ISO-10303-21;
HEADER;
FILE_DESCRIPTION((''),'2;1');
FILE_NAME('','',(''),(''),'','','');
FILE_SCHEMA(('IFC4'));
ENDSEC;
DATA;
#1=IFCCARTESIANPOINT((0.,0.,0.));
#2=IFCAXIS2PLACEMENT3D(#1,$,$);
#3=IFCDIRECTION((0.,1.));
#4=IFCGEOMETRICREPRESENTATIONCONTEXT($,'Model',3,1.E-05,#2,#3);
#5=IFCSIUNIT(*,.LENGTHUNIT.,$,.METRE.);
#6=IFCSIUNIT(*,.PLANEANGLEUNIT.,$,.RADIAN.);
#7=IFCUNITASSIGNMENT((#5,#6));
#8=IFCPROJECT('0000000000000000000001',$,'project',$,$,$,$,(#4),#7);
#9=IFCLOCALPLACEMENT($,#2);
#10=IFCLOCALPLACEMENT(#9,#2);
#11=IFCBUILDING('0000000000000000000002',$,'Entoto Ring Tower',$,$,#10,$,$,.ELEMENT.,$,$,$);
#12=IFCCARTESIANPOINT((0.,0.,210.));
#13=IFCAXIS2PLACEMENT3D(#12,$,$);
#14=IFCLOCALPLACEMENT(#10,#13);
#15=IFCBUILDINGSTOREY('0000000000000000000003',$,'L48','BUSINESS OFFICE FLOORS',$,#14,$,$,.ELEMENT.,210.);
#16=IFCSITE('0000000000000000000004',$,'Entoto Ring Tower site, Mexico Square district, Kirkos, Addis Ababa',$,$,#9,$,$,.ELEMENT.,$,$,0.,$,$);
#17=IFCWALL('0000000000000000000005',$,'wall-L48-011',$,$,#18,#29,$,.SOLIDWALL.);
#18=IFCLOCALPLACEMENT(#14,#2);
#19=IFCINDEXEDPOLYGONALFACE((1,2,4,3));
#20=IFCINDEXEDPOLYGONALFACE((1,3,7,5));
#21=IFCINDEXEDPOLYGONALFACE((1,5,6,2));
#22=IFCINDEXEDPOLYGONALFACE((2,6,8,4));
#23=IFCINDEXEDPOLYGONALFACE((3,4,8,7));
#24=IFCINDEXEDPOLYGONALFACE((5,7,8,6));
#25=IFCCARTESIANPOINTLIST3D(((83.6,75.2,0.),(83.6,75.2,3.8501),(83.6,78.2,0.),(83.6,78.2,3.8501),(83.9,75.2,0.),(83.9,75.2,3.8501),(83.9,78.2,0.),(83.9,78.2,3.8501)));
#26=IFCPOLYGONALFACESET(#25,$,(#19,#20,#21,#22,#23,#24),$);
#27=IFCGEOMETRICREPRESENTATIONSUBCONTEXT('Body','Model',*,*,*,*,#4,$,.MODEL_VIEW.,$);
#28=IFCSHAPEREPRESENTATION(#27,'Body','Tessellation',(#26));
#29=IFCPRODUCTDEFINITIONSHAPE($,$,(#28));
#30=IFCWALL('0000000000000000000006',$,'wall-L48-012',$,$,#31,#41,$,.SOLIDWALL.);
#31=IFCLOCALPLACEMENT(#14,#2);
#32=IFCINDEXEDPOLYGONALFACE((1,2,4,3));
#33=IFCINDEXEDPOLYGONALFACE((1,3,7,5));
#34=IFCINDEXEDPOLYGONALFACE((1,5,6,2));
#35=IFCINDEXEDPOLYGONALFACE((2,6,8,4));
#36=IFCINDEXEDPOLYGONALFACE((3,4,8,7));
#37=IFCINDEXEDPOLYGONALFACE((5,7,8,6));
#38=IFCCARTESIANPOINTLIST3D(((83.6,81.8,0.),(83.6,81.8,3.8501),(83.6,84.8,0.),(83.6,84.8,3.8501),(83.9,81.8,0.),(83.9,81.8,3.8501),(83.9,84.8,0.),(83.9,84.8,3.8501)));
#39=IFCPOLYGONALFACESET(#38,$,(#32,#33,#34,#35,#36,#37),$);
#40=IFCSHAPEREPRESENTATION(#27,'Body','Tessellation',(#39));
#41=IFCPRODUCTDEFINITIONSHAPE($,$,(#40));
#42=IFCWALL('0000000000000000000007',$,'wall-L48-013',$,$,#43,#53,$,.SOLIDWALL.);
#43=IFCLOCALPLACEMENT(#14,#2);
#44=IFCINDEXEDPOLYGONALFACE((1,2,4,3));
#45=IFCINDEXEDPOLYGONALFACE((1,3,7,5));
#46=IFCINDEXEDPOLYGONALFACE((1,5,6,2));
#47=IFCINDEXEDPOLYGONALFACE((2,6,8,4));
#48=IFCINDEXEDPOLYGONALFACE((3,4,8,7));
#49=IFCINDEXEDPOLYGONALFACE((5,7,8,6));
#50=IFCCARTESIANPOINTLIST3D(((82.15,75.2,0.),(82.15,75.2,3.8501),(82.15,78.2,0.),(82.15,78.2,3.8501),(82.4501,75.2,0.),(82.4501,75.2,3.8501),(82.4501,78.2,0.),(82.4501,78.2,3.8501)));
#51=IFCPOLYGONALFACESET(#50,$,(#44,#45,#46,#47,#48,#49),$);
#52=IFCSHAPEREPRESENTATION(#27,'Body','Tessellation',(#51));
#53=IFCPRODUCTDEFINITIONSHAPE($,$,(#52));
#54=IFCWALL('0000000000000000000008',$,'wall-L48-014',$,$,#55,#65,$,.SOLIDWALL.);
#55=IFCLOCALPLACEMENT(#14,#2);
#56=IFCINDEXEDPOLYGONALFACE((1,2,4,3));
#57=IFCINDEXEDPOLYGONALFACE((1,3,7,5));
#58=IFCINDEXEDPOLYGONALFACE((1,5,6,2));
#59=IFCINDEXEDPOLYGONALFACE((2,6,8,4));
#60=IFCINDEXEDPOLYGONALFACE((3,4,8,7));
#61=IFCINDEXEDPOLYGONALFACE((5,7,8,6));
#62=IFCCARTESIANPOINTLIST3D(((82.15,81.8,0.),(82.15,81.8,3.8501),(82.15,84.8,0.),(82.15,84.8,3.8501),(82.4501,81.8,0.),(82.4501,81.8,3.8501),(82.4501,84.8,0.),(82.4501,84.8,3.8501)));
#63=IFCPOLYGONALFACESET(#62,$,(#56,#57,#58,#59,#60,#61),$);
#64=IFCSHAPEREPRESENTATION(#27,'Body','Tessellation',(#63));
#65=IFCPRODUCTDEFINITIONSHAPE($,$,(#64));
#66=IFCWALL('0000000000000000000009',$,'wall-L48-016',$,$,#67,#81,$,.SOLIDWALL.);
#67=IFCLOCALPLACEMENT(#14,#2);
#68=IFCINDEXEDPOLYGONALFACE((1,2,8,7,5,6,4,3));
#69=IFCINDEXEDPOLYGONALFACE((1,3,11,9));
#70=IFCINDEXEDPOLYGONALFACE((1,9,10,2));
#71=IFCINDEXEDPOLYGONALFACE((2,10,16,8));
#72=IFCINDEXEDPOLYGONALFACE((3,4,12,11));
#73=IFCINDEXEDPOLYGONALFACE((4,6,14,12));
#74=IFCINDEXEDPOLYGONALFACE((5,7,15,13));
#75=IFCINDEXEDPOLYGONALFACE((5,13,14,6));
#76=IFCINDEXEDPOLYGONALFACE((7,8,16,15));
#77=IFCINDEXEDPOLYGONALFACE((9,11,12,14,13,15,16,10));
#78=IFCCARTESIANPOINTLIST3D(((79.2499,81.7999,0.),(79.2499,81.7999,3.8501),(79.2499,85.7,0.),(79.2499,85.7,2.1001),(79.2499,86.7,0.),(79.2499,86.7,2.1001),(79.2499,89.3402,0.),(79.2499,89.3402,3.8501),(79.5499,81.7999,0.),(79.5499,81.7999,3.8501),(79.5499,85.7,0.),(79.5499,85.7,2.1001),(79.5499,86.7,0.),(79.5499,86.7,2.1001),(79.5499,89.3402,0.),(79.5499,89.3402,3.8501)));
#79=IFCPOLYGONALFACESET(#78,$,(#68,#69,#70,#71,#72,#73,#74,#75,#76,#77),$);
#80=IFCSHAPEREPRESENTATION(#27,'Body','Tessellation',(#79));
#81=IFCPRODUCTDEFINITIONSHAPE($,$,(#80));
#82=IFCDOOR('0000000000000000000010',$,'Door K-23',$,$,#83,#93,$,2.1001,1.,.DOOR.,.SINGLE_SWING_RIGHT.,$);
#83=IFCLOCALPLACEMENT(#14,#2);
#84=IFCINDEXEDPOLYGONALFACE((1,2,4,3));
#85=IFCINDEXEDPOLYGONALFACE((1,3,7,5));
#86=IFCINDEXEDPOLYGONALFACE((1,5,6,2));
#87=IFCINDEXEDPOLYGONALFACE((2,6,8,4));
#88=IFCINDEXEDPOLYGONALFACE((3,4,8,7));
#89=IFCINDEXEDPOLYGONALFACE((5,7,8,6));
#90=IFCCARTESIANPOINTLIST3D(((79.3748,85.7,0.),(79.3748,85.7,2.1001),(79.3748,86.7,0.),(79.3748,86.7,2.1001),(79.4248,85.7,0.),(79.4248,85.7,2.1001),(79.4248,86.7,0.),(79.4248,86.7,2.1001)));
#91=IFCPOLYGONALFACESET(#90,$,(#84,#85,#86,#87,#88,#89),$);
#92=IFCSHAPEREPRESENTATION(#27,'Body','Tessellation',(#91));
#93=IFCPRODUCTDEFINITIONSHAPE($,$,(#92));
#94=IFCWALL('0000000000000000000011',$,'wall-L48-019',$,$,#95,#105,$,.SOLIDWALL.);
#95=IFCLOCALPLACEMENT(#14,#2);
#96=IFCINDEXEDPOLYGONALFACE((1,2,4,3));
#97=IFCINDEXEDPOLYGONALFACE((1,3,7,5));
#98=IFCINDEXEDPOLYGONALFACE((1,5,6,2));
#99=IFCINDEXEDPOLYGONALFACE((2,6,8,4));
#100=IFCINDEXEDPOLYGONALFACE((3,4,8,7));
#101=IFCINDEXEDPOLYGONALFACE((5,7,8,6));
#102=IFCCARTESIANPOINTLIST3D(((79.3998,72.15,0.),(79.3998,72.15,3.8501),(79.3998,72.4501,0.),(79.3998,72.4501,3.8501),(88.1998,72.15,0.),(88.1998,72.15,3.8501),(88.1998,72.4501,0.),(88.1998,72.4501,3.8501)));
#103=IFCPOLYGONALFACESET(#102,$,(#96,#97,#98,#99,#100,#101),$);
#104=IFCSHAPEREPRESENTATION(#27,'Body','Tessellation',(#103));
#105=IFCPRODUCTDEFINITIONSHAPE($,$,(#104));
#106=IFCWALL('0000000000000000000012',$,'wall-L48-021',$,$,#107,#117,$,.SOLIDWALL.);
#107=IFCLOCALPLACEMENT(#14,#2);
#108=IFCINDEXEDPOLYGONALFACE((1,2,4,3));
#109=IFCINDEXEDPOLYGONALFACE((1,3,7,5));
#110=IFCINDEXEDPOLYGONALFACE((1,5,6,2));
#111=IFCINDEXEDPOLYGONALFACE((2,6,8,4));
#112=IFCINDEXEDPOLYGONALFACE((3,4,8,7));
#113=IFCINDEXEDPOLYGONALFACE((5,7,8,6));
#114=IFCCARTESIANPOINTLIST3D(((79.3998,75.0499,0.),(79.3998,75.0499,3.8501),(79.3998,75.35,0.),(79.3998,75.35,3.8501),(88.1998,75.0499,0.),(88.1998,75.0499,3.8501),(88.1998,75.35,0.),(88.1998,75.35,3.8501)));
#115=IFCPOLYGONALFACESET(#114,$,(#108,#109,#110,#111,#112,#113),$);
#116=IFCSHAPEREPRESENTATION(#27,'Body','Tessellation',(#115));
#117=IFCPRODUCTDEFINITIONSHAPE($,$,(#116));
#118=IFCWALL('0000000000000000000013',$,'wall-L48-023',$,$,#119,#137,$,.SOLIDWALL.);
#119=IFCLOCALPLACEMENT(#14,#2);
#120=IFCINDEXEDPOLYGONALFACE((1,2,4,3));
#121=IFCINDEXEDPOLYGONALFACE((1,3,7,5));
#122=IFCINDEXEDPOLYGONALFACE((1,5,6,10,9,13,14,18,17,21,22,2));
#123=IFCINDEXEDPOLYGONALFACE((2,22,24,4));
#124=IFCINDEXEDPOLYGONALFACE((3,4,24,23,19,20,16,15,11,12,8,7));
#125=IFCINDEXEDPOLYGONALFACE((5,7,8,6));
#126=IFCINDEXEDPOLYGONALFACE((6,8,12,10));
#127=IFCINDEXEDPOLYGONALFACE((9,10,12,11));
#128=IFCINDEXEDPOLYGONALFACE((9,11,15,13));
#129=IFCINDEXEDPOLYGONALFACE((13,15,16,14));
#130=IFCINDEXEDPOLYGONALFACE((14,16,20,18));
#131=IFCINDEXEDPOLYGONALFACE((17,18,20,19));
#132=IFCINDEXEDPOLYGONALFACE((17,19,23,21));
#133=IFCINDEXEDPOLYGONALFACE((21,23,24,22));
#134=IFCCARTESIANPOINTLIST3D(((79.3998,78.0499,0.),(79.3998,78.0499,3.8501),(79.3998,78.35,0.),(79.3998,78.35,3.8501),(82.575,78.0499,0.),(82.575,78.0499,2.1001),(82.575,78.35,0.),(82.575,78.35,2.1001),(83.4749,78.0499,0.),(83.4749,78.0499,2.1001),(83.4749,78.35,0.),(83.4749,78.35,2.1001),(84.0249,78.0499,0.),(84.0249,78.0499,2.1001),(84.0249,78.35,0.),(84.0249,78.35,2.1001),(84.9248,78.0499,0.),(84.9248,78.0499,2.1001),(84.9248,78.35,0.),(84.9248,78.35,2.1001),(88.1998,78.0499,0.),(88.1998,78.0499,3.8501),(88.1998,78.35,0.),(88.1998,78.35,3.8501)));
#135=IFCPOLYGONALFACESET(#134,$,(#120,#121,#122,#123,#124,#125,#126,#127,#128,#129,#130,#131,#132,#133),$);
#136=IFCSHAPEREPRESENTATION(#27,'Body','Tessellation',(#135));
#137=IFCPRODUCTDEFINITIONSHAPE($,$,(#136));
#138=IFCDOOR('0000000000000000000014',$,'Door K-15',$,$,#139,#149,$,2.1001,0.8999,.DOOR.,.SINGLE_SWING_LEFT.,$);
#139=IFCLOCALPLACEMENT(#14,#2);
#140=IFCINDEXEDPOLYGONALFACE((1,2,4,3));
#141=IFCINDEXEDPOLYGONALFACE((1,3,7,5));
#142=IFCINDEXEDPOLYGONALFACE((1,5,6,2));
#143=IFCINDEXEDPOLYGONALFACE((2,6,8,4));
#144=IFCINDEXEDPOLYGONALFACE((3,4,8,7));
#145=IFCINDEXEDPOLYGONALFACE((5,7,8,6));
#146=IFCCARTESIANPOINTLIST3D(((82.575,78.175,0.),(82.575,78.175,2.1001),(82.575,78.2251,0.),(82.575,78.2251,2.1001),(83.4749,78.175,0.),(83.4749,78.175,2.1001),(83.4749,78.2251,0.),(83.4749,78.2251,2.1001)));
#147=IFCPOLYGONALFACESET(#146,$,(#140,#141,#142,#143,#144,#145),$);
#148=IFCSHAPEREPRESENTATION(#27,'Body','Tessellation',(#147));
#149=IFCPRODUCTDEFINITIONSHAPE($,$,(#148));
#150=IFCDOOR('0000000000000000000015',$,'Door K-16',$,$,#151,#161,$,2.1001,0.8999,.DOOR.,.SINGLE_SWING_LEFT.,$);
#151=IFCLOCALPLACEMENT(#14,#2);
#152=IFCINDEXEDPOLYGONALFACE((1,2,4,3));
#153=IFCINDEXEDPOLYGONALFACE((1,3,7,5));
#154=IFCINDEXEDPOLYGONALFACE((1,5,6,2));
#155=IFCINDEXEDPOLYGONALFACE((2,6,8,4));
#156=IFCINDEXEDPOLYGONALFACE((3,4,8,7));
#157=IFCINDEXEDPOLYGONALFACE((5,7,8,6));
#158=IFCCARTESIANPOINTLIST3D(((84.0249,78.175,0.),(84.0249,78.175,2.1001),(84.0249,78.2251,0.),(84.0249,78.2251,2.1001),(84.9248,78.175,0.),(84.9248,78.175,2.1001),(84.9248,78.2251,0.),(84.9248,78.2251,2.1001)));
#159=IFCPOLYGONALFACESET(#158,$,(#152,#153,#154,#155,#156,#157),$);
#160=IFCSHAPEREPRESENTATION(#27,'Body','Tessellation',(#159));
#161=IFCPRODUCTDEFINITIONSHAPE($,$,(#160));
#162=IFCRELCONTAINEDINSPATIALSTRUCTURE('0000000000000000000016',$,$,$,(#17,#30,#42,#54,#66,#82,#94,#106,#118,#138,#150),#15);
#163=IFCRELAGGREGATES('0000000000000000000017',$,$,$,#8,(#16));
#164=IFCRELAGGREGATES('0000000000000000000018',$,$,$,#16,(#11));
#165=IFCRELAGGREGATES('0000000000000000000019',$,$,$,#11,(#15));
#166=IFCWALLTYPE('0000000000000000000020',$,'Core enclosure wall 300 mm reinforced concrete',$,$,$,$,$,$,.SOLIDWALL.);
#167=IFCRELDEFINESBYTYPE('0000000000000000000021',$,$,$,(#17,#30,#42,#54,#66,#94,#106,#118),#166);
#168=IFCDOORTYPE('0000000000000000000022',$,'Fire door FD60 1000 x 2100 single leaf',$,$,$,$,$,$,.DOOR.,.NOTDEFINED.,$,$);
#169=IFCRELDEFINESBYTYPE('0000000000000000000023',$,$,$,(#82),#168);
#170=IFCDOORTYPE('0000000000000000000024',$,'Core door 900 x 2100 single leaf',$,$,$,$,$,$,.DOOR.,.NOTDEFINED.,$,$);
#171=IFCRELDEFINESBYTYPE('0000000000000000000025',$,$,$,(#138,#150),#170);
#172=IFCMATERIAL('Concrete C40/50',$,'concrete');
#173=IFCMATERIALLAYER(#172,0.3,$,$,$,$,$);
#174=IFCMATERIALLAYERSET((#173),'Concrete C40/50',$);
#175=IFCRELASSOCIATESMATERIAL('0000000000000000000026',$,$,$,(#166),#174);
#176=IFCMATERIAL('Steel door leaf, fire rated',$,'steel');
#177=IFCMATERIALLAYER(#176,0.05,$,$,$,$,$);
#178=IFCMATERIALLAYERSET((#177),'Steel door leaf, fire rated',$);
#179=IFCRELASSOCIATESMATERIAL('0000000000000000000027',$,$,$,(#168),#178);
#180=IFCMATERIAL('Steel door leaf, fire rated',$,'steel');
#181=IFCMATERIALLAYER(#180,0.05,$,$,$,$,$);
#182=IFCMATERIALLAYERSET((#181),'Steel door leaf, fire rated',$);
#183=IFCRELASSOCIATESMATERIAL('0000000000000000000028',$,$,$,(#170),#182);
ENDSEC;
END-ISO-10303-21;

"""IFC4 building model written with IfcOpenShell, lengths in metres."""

from ifc_helpers import new_model, si_unit, direction, frame, frame_2d, origin, place, context, subcontext, project, spatial, rectangle, extrude, material, layer, layer_set, type_object, element, fill, save


model = new_model("IFC4")

# Units and contexts
model_context = context("Model", 3, precision=1e-05, world=origin(), true_north=direction((0.0, 1.0)))
body_context = subcontext(model_context, "Body", "Model", "MODEL_VIEW")
ifc_project = project(units=[si_unit("LENGTHUNIT", "METRE"), si_unit("PLANEANGLEUNIT", "RADIAN")], contexts=[model_context])

# Site, building, storey
site_placement = place(None, origin())
site = spatial("IfcSite", under=ifc_project, at=site_placement, Name="Entoto Ring Tower site, Mexico Square district, Kirkos, Addis Ababa", CompositionType="ELEMENT", RefElevation=0.0)
building_placement = place(site_placement, origin())
building = spatial("IfcBuilding", under=site, at=building_placement, Name="Entoto Ring Tower", CompositionType="ELEMENT")
storey_placement = place(building_placement, frame((0.0, 0.0, 210.0)))
storey = spatial("IfcBuildingStorey", under=building, at=storey_placement, Name="L48", Description="BUSINESS OFFICE FLOORS", CompositionType="ELEMENT", Elevation=210.0)

# Walls
ifc_material_1 = material(Name="Concrete C40/50", Category="concrete")
ifc_layer_1 = layer(ifc_material_1, 0.3)
ifc_layer_set_1 = layer_set([ifc_layer_1], Name="Concrete C40/50")
wall_type_1 = type_object("IfcWallType", Name="Core enclosure wall 300 mm reinforced concrete", PredefinedType="SOLIDWALL", material=ifc_layer_set_1)
for number, where, z_axis, x_axis, name in (
    (1, (83.75, 75.2, 0.0), (0.0, 0.0, 1.0), (0.0, 1.0, 0.0), "wall-L48-011"),
    (2, (83.75, 81.8, 0.0), (0.0, 0.0, 1.0), (0.0, 1.0, 0.0), "wall-L48-012"),
    (3, (82.3, 75.2, 0.0), (0.0, 0.0, 1.0), (0.0, 1.0, 0.0), "wall-L48-013"),
    (4, (82.3, 81.8, 0.0), (0.0, 0.0, 1.0), (0.0, 1.0, 0.0), "wall-L48-014"),
):
    element("IfcWall", number, at=place(storey_placement, frame(where, z_axis=z_axis, x_axis=x_axis)), inside=storey, type_object=wall_type_1, Name=name, PredefinedType="SOLIDWALL", context=body_context, shape_type="SweptSolid", body=[
        extrude(rectangle(XDim=3.0, YDim=0.3, at=frame_2d((1.5, 0.0))), origin(), (0.0, 0.0, 1.0), 3.8501),
    ])

# Wall, opening, door
wall_1_placement = place(storey_placement, frame((79.3999, 81.8, 0.0), z_axis=(0.0, 0.0, 1.0), x_axis=(0.0, 1.0, 0.0)))
wall_1 = element("IfcWall", 5, at=wall_1_placement, inside=storey, type_object=wall_type_1, Name="wall-L48-016", PredefinedType="SOLIDWALL", context=body_context, shape_type="SweptSolid", body=[
    extrude(rectangle(XDim=7.5403, YDim=0.3, at=frame_2d((3.77, 0.0))), origin(), (0.0, 0.0, 1.0), 3.8501),
])
opening_1_placement = place(wall_1_placement, frame((3.8999, 0.0, 0.0)))
opening_1 = element("IfcOpeningElement", 6, at=opening_1_placement, cuts=wall_1, PredefinedType="OPENING", context=body_context, shape_type="SweptSolid", body=[
    extrude(rectangle(XDim=1.0, YDim=2.1001, at=frame_2d((0.5, 1.05))), frame((0.0, 0.1602, 0.0), z_axis=(0.0, -1.0, 0.0), x_axis=(1.0, 0.0, 0.0)), (0.0, 0.0, 1.0), 0.3201),
])
ifc_material_2 = material(Name="Steel door leaf, fire rated", Category="steel")
ifc_layer_2 = layer(ifc_material_2, 0.05)
ifc_layer_set_2 = layer_set([ifc_layer_2], Name="Steel door leaf, fire rated")
door_type_1 = type_object("IfcDoorType", Name="Fire door FD60 1000 x 2100 single leaf", OperationType="NOTDEFINED", PredefinedType="DOOR", material=ifc_layer_set_2)
door_1_placement = place(opening_1_placement, frame((1.0, 0.0, 0.0), z_axis=(0.0, 0.0, 1.0), x_axis=(-1.0, 0.0, 0.0)))
door_1 = element("IfcDoor", 7, at=door_1_placement, inside=storey, type_object=door_type_1, Name="Door K-23", OperationType="SINGLE_SWING_RIGHT", OverallHeight=2.1001, OverallWidth=1.0, PredefinedType="DOOR", context=body_context, shape_type="SweptSolid", body=[
    extrude(rectangle(XDim=1.0, YDim=2.1001, at=frame_2d((0.5, 1.05))), frame((0.0, 0.0249, 0.0), z_axis=(0.0, -1.0, 0.0), x_axis=(1.0, 0.0, 0.0)), (0.0, 0.0, 1.0), 0.05),
])
fill(opening_1, door_1)

# Walls
for number, where, z_axis, x_axis, name in (
    (8, (79.3999, 72.3, 0.0), (0.0, 0.0, 1.0), (1.0, 0.0, 0.0), "wall-L48-019"),
    (9, (79.3999, 75.2, 0.0), (0.0, 0.0, 1.0), (1.0, 0.0, 0.0), "wall-L48-021"),
):
    element("IfcWall", number, at=place(storey_placement, frame(where, z_axis=z_axis, x_axis=x_axis)), inside=storey, type_object=wall_type_1, Name=name, PredefinedType="SOLIDWALL", context=body_context, shape_type="SweptSolid", body=[
        extrude(rectangle(XDim=8.8, YDim=0.3, at=frame_2d((4.3999, 0.0))), origin(), (0.0, 0.0, 1.0), 3.8501),
    ])

# Wall, openings, doors
wall_2_placement = place(storey_placement, frame((79.3999, 78.2, 0.0), z_axis=(0.0, 0.0, 1.0), x_axis=(1.0, 0.0, 0.0)))
wall_2 = element("IfcWall", 10, at=wall_2_placement, inside=storey, type_object=wall_type_1, Name="wall-L48-023", PredefinedType="SOLIDWALL", context=body_context, shape_type="SweptSolid", body=[
    extrude(rectangle(XDim=8.8, YDim=0.3, at=frame_2d((4.3999, 0.0))), origin(), (0.0, 0.0, 1.0), 3.8501),
])
opening_2_placement = place(wall_2_placement, frame((3.175, 0.0, 0.0)))
opening_2 = element("IfcOpeningElement", 11, at=opening_2_placement, cuts=wall_2, PredefinedType="OPENING", context=body_context, shape_type="SweptSolid", body=[
    extrude(rectangle(XDim=0.8999, YDim=2.1001, at=frame_2d((0.45, 1.05))), frame((0.0, 0.1602, 0.0), z_axis=(0.0, -1.0, 0.0), x_axis=(1.0, 0.0, 0.0)), (0.0, 0.0, 1.0), 0.3201),
])
opening_3_placement = place(wall_2_placement, frame((4.625, 0.0, 0.0)))
opening_3 = element("IfcOpeningElement", 12, at=opening_3_placement, cuts=wall_2, PredefinedType="OPENING", context=body_context, shape_type="SweptSolid", body=[
    extrude(rectangle(XDim=0.8999, YDim=2.1001, at=frame_2d((0.45, 1.05))), frame((0.0, 0.1602, 0.0), z_axis=(0.0, -1.0, 0.0), x_axis=(1.0, 0.0, 0.0)), (0.0, 0.0, 1.0), 0.3201),
])
ifc_material_3 = material(Name="Steel door leaf, fire rated", Category="steel")
ifc_layer_3 = layer(ifc_material_3, 0.05)
ifc_layer_set_3 = layer_set([ifc_layer_3], Name="Steel door leaf, fire rated")
door_type_2 = type_object("IfcDoorType", Name="Core door 900 x 2100 single leaf", OperationType="NOTDEFINED", PredefinedType="DOOR", material=ifc_layer_set_3)
door_2_placement = place(opening_2_placement, frame((0.8999, 0.0, 0.0), z_axis=(0.0, 0.0, 1.0), x_axis=(-1.0, 0.0, 0.0)))
door_2 = element("IfcDoor", 13, at=door_2_placement, inside=storey, type_object=door_type_2, Name="Door K-15", OperationType="SINGLE_SWING_LEFT", OverallHeight=2.1001, OverallWidth=0.8999, PredefinedType="DOOR", context=body_context, shape_type="SweptSolid", body=[
    extrude(rectangle(XDim=0.8999, YDim=2.1001, at=frame_2d((0.45, 1.05))), frame((0.0, 0.0249, 0.0), z_axis=(0.0, -1.0, 0.0), x_axis=(1.0, 0.0, 0.0)), (0.0, 0.0, 1.0), 0.05),
])
fill(opening_2, door_2)
door_3_placement = place(opening_3_placement, frame((0.8999, 0.0, 0.0), z_axis=(0.0, 0.0, 1.0), x_axis=(-1.0, 0.0, 0.0)))
door_3 = element("IfcDoor", 14, at=door_3_placement, inside=storey, type_object=door_type_2, Name="Door K-16", OperationType="SINGLE_SWING_LEFT", OverallHeight=2.1001, OverallWidth=0.8999, PredefinedType="DOOR", context=body_context, shape_type="SweptSolid", body=[
    extrude(rectangle(XDim=0.8999, YDim=2.1001, at=frame_2d((0.45, 1.05))), frame((0.0, 0.0249, 0.0), z_axis=(0.0, -1.0, 0.0), x_axis=(1.0, 0.0, 0.0)), (0.0, 0.0, 1.0), 0.05),
])
fill(opening_3, door_3)

save(model, "model.ifc")
